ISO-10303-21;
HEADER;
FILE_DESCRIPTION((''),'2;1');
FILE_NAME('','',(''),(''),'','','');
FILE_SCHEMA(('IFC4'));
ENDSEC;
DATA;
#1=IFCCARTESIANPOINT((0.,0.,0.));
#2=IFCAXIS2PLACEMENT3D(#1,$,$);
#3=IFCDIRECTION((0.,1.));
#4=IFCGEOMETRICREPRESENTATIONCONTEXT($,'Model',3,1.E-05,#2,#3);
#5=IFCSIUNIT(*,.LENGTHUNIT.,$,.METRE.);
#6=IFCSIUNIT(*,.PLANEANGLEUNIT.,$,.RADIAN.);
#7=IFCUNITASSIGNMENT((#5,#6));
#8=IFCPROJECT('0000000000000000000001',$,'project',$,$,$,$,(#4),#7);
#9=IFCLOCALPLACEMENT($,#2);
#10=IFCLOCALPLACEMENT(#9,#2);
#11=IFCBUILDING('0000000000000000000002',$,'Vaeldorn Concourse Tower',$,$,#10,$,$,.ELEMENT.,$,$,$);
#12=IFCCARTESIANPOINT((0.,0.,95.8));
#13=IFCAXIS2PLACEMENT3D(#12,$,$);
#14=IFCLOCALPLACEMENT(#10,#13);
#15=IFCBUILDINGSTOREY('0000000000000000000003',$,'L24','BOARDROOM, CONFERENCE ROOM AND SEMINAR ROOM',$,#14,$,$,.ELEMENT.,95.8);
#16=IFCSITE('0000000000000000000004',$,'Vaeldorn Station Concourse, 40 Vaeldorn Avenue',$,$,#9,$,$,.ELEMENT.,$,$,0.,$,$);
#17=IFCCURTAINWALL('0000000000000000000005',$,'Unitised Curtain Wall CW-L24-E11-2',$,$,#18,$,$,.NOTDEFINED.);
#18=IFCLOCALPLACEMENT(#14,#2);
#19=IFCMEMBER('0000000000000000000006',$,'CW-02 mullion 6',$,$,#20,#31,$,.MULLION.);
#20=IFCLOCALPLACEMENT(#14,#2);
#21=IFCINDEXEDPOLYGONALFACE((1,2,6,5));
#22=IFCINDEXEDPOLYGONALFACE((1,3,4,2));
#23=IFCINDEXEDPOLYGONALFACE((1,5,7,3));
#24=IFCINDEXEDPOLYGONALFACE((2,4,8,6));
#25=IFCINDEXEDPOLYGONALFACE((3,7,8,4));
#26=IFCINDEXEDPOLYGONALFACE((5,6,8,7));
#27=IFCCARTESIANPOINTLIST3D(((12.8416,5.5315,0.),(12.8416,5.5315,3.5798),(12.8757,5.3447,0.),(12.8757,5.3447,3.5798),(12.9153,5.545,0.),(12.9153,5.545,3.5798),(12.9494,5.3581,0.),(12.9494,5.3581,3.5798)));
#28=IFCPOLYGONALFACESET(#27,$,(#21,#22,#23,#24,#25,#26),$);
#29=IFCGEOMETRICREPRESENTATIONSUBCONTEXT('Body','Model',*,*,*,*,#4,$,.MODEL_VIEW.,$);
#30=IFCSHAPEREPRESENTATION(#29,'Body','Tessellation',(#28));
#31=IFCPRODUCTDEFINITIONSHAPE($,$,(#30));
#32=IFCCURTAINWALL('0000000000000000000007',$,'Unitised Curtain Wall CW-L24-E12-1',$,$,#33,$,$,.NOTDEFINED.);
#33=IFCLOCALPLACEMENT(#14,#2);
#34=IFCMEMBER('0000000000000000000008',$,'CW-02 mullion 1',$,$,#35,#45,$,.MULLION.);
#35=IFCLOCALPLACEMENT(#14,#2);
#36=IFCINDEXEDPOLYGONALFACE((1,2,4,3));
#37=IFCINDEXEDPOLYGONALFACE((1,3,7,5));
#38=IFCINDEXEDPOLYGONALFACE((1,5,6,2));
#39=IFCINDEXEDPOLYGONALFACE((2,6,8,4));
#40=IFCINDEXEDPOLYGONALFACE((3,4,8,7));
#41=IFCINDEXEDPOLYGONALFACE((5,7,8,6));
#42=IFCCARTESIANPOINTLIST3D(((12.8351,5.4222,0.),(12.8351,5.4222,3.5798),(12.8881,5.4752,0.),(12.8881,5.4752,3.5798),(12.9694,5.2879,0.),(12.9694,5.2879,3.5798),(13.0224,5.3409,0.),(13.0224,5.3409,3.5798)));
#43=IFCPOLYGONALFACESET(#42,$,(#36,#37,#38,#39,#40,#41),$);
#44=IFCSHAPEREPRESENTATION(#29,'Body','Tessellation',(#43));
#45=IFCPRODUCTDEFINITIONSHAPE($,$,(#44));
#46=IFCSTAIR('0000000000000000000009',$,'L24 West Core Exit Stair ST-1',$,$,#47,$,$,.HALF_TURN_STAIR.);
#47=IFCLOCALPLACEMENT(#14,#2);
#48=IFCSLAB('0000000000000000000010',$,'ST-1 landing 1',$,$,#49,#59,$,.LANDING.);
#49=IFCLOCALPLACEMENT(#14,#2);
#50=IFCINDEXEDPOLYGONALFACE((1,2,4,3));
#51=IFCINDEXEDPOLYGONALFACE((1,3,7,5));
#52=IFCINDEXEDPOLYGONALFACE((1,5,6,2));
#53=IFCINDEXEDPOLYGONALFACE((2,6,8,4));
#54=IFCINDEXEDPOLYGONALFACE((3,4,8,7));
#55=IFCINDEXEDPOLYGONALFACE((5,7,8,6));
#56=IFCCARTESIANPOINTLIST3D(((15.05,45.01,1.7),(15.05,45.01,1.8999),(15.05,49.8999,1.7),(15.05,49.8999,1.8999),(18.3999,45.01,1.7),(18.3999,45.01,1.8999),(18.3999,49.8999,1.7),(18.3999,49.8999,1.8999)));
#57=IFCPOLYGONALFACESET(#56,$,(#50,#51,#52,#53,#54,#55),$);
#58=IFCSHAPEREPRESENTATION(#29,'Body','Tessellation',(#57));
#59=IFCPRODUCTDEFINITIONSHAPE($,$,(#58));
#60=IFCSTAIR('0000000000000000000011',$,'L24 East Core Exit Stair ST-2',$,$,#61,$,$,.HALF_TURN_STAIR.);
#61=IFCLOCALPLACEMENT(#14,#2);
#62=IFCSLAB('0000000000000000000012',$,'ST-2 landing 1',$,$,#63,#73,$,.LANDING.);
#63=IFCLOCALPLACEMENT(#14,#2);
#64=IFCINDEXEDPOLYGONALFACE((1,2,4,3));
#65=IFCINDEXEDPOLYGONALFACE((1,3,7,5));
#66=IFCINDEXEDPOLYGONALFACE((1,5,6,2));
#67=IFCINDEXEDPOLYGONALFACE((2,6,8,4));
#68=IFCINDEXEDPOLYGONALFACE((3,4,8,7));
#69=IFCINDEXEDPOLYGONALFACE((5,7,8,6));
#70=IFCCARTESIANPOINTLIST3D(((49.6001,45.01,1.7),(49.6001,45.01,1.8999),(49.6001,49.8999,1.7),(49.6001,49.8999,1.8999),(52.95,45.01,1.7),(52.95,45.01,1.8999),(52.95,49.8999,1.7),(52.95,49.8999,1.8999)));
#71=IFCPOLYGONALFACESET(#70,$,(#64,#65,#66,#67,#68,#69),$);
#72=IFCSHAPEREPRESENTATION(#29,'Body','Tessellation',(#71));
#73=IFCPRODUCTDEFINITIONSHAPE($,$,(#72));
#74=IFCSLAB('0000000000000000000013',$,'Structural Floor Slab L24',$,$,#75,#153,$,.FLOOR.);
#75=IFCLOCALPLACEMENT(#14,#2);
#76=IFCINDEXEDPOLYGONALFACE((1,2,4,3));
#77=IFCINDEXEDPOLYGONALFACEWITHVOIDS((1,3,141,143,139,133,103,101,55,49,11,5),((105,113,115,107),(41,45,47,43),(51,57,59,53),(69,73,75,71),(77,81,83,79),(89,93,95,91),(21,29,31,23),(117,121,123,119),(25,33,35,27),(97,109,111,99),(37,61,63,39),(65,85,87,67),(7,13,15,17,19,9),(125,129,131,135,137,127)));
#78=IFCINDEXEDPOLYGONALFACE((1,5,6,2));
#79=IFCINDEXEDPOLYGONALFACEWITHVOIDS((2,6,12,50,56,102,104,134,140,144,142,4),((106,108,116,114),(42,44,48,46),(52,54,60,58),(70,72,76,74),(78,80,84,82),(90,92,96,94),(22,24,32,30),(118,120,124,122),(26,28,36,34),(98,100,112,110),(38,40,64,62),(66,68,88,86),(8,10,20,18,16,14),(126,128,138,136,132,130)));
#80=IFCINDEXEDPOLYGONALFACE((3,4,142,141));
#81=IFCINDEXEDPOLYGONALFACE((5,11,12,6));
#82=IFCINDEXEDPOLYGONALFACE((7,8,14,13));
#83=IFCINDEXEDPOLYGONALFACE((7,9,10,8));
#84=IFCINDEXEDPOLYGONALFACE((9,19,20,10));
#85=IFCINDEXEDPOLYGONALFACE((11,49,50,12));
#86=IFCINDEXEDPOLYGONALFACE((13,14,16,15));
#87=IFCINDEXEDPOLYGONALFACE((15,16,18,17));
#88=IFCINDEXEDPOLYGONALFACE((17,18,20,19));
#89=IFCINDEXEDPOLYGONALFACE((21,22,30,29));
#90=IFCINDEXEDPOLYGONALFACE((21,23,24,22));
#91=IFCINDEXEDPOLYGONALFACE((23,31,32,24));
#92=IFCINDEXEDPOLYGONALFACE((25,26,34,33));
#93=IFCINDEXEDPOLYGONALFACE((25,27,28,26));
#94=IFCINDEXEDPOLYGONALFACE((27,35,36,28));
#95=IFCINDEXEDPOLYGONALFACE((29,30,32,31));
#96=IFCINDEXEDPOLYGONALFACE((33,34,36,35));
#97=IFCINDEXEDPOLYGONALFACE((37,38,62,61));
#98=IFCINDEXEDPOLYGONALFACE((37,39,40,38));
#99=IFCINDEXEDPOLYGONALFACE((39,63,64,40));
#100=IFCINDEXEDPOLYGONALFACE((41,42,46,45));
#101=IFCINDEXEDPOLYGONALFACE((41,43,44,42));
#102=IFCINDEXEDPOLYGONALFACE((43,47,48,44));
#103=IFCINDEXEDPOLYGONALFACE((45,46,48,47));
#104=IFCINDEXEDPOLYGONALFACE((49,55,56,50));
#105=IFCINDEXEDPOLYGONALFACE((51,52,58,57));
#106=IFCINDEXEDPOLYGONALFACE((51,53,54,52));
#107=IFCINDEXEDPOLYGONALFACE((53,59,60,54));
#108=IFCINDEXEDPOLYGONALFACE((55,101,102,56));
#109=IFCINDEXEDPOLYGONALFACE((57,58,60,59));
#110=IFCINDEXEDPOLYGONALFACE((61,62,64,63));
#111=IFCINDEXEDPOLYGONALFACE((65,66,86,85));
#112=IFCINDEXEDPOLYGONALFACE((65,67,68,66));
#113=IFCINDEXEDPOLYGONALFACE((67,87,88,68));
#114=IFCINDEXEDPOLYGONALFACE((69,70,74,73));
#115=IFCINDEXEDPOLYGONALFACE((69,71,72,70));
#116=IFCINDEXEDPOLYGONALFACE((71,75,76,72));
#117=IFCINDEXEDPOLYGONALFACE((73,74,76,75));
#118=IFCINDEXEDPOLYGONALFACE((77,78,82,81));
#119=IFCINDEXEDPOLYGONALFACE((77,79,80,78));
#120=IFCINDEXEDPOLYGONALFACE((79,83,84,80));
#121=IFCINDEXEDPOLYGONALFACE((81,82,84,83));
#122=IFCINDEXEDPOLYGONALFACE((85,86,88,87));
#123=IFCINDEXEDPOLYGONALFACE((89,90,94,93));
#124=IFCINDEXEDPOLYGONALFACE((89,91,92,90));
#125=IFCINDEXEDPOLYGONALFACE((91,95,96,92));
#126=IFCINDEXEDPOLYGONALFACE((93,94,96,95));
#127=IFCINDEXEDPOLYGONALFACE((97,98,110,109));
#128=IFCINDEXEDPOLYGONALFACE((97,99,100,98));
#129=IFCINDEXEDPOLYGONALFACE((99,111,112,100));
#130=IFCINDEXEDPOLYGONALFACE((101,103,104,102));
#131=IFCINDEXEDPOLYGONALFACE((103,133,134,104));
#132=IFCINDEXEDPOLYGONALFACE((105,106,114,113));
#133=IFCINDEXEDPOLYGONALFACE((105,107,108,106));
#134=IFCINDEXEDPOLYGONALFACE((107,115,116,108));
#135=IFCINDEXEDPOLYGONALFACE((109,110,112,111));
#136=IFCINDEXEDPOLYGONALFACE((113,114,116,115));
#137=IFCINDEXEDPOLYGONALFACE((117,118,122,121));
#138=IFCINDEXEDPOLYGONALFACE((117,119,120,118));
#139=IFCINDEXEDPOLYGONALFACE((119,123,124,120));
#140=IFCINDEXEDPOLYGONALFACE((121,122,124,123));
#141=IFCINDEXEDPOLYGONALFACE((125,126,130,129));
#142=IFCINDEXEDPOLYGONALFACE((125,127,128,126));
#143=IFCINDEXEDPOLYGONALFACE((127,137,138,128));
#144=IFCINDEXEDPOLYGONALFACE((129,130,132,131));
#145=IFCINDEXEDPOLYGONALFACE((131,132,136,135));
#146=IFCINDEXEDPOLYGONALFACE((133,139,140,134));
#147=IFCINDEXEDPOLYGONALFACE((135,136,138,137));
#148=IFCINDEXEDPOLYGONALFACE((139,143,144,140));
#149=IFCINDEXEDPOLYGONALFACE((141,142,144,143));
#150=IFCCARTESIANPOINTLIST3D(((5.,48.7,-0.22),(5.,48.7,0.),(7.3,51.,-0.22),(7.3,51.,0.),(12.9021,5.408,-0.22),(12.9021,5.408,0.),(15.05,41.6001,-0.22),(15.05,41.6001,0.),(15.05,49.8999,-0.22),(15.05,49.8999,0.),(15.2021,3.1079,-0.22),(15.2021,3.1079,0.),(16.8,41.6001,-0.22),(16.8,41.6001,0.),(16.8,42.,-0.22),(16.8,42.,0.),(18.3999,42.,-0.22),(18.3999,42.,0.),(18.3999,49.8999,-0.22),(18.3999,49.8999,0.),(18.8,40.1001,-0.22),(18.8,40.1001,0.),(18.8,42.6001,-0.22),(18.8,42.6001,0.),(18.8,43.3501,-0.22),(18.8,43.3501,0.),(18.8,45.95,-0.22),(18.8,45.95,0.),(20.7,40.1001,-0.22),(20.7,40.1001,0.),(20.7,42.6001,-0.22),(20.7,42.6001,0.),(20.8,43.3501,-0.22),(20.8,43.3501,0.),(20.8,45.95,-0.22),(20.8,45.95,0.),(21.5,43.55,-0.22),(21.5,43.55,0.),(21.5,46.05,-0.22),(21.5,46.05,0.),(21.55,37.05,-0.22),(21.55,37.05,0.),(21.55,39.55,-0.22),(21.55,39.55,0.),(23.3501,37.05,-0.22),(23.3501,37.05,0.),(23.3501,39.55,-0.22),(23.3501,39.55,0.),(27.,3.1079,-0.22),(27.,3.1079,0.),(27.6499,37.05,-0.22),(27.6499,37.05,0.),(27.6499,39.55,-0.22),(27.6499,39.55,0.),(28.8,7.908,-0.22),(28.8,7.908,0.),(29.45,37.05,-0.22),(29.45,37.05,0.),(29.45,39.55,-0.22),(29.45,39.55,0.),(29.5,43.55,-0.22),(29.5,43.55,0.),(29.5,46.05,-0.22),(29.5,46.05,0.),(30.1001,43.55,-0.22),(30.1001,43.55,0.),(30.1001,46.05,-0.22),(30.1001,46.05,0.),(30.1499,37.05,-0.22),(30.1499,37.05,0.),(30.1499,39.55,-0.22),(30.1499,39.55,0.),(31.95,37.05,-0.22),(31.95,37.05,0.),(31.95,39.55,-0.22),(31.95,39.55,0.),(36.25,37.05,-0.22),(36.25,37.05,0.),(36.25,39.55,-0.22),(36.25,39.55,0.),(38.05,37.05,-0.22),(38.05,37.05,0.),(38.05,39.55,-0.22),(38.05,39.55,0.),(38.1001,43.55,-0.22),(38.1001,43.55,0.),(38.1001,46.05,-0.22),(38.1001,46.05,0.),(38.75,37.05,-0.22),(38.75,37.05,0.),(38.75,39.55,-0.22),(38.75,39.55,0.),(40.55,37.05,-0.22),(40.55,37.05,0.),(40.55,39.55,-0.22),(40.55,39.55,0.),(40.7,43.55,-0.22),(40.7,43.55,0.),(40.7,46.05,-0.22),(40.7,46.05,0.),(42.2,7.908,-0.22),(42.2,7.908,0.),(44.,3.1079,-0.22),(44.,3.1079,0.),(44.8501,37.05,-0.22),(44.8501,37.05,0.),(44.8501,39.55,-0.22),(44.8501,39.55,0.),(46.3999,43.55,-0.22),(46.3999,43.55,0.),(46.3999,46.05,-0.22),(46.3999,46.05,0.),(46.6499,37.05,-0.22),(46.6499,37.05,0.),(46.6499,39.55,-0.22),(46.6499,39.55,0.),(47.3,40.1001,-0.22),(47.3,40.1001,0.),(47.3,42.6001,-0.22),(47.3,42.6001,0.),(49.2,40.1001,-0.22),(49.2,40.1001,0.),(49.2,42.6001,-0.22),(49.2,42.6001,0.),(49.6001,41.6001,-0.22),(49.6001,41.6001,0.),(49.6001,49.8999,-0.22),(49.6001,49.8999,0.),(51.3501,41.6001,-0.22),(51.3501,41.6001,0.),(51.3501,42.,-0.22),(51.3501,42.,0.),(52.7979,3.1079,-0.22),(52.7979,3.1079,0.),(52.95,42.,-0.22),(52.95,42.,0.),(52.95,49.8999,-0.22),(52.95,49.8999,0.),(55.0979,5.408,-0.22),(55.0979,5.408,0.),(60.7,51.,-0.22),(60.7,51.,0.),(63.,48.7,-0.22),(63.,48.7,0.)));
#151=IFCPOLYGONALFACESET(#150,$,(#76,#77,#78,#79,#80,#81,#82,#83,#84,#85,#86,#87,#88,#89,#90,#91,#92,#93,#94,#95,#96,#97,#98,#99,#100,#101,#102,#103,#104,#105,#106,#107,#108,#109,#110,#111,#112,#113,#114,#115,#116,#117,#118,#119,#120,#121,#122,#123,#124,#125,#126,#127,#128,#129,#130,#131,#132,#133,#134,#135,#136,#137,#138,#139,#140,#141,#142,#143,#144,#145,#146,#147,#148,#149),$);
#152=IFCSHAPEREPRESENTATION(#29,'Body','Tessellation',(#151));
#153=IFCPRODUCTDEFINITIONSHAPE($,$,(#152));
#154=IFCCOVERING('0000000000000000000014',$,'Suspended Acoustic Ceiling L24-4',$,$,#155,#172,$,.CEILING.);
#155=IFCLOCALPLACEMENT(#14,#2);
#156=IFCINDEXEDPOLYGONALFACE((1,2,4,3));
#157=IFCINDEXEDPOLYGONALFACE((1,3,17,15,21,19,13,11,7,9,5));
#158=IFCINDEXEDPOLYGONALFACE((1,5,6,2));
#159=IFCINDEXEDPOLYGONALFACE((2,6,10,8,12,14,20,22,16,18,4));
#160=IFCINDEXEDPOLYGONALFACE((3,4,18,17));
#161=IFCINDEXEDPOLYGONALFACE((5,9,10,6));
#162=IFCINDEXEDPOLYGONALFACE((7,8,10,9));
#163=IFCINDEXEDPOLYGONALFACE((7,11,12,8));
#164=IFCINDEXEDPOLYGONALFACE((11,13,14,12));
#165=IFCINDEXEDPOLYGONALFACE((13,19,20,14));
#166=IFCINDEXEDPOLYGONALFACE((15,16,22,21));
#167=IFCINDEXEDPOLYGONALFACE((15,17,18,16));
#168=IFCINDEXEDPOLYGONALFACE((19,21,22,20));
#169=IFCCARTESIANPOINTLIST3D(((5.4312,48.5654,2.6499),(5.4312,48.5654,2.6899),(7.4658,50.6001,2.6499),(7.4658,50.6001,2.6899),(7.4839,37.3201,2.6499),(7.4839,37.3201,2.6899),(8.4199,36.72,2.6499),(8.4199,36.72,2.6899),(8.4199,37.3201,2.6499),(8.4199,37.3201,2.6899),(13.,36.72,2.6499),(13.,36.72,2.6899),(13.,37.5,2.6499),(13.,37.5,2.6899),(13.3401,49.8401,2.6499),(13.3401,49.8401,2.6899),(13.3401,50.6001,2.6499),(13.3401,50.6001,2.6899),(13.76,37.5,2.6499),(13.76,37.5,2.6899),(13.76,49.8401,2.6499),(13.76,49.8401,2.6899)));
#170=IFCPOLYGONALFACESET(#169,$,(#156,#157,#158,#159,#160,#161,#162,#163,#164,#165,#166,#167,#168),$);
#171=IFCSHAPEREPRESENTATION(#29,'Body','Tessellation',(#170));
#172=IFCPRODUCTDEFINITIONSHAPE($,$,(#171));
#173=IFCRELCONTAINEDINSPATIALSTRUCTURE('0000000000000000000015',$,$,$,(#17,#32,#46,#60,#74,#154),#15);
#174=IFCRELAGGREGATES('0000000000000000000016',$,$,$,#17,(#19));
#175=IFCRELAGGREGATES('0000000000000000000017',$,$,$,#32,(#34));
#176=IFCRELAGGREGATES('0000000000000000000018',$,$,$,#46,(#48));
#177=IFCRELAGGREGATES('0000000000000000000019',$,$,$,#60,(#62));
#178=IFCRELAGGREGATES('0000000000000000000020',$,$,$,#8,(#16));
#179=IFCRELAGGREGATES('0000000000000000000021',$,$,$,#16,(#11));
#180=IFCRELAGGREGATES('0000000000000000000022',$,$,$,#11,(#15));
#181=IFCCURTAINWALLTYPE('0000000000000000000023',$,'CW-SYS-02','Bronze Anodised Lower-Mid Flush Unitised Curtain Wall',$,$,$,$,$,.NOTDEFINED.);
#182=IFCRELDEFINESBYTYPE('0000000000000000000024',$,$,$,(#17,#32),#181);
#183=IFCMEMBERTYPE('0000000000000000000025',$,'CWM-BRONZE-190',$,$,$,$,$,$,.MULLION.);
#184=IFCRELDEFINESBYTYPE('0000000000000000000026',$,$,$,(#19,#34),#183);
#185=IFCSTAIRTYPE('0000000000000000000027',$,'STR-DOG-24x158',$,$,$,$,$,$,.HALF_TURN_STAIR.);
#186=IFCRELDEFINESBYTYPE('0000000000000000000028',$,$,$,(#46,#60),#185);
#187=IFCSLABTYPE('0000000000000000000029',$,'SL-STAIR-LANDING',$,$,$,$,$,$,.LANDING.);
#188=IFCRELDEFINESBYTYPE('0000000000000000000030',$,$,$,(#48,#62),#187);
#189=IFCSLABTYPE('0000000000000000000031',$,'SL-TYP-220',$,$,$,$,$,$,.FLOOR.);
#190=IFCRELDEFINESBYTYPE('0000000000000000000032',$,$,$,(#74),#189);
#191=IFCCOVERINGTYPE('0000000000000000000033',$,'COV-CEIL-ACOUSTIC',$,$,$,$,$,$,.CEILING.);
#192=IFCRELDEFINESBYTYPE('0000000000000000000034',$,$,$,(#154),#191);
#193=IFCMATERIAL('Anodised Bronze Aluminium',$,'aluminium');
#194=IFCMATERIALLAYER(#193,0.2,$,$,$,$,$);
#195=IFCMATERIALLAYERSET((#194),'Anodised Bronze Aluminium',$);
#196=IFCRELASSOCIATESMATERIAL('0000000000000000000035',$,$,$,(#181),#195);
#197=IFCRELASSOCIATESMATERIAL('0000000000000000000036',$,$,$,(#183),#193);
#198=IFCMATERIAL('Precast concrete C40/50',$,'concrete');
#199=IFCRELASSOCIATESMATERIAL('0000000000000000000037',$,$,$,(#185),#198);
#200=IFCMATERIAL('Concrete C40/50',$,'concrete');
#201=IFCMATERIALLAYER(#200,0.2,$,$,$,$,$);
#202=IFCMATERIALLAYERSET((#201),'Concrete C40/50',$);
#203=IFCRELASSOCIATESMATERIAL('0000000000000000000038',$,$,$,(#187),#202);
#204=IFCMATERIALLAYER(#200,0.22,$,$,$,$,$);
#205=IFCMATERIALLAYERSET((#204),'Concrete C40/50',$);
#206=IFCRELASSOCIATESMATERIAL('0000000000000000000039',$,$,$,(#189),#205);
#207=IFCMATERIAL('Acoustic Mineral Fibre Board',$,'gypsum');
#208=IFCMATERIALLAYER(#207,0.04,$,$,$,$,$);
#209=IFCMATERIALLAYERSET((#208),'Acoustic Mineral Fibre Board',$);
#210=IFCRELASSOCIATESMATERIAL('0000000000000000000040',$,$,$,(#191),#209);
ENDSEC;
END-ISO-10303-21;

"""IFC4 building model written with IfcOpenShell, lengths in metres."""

from ifc_helpers import new_model, si_unit, direction, frame, origin, origin_2d, place, context, subcontext, project, spatial, polyline, rectangle, outline, extrude, source, transform, mapped, material, layer, layer_set, material_profile, profile_set, type_object, element, aggregate, save


model = new_model("IFC4")

# Units and contexts
model_context = context("Model", 3, precision=1e-05, world=origin(), true_north=direction((0.0, 1.0)))
body_context = subcontext(model_context, "Body", "Model", "MODEL_VIEW")
ifc_project = project(units=[si_unit("LENGTHUNIT", "METRE"), si_unit("PLANEANGLEUNIT", "RADIAN")], contexts=[model_context])

# Site, building, storey
site_placement = place(None, origin())
site = spatial("IfcSite", under=ifc_project, at=site_placement, Name="Vaeldorn Station Concourse, 40 Vaeldorn Avenue", CompositionType="ELEMENT", RefElevation=0.0)
building_placement = place(site_placement, origin())
building = spatial("IfcBuilding", under=site, at=building_placement, Name="Vaeldorn Concourse Tower", CompositionType="ELEMENT")
storey_placement = place(building_placement, frame((0.0, 0.0, 95.8)))
storey = spatial("IfcBuildingStorey", under=building, at=storey_placement, Name="L24", Description="BOARDROOM, CONFERENCE ROOM AND SEMINAR ROOM", CompositionType="ELEMENT", Elevation=95.8)

# Curtain walls, members
ifc_material_1 = material(Name="Anodised Bronze Aluminium", Category="aluminium")
ifc_layer_1 = layer(ifc_material_1, 0.2)
ifc_layer_set_1 = layer_set([ifc_layer_1], Name="Anodised Bronze Aluminium")
curtain_wall_type = type_object("IfcCurtainWallType", Name="CW-SYS-02", Description="Bronze Anodised Lower-Mid Flush Unitised Curtain Wall", PredefinedType="NOTDEFINED", material=ifc_layer_set_1)
curtain_wall_1_placement = place(storey_placement, origin())
curtain_wall_1 = element("IfcCurtainWall", 1, at=curtain_wall_1_placement, inside=storey, type_object=curtain_wall_type, Name="Unitised Curtain Wall CW-L24-E11-2", PredefinedType="NOTDEFINED")
ifc_material_profile = material_profile(ifc_material_1, rectangle(XDim=0.075, YDim=0.1899, at=origin_2d()), Name="CWM 75x190")
ifc_profile_set = profile_set([ifc_material_profile], Name="Anodised Bronze Aluminium")
member_type = type_object("IfcMemberType", Name="CWM-BRONZE-190", PredefinedType="MULLION", material=ifc_profile_set)
shared_shape = source(origin(), body_context, "Body", "SweptSolid", [
    extrude(rectangle(XDim=0.075, YDim=0.1899, at=origin_2d()), origin(), (0.0, 0.0, 1.0), 3.5798),
])
member_1_placement = place(storey_placement, frame((12.8955, 5.4448, 0.0), z_axis=(0.0, 0.0, 1.0), x_axis=(0.983746, 0.179567, 0.0)))
member_1 = element("IfcMember", 2, at=member_1_placement, type_object=member_type, Name="CW-02 mullion 6", PredefinedType="MULLION", context=body_context, shape_type="MappedRepresentation", body=[
    mapped(shared_shape, transform((0.0, 0.0, 0.0), scale=1.0)),
])
aggregate(curtain_wall_1, [member_1])
curtain_wall_2_placement = place(storey_placement, origin())
curtain_wall_2 = element("IfcCurtainWall", 3, at=curtain_wall_2_placement, inside=storey, type_object=curtain_wall_type, Name="Unitised Curtain Wall CW-L24-E12-1", PredefinedType="NOTDEFINED")
member_2_placement = place(storey_placement, frame((12.9287, 5.3816, 0.0), z_axis=(0.0, 0.0, 1.0), x_axis=(0.707107, 0.707107, 0.0)))
member_2 = element("IfcMember", 4, at=member_2_placement, type_object=member_type, Name="CW-02 mullion 1", PredefinedType="MULLION", context=body_context, shape_type="MappedRepresentation", body=[
    mapped(shared_shape, transform((0.0, 0.0, 0.0), scale=1.0)),
])
aggregate(curtain_wall_2, [member_2])

# Stairs, slabs
ifc_material_2 = material(Name="Precast concrete C40/50", Category="concrete")
stair_type = type_object("IfcStairType", Name="STR-DOG-24x158", PredefinedType="HALF_TURN_STAIR", material=ifc_material_2)
stair_1_placement = place(storey_placement, origin())
stair_1 = element("IfcStair", 5, at=stair_1_placement, inside=storey, type_object=stair_type, Name="L24 West Core Exit Stair ST-1", PredefinedType="HALF_TURN_STAIR")
ifc_material_3 = material(Name="Concrete C40/50", Category="concrete")
ifc_layer_2 = layer(ifc_material_3, 0.2)
ifc_layer_set_2 = layer_set([ifc_layer_2], Name="Concrete C40/50")
slab_type_1 = type_object("IfcSlabType", Name="SL-STAIR-LANDING", PredefinedType="LANDING", material=ifc_layer_set_2)
slab_1_placement = place(storey_placement, frame((0.0, 0.0, 1.7)))
slab_1 = element("IfcSlab", 6, at=slab_1_placement, type_object=slab_type_1, Name="ST-1 landing 1", PredefinedType="LANDING", context=body_context, shape_type="SweptSolid", body=[
    extrude(outline(polyline([(18.3999, 45.01), (18.3999, 49.8999), (15.05, 49.8999), (15.05, 45.01), (18.3999, 45.01)])), origin(), (0.0, 0.0, 1.0), 0.2),
])
aggregate(stair_1, [slab_1])
stair_2_placement = place(storey_placement, origin())
stair_2 = element("IfcStair", 7, at=stair_2_placement, inside=storey, type_object=stair_type, Name="L24 East Core Exit Stair ST-2", PredefinedType="HALF_TURN_STAIR")
slab_2_placement = place(storey_placement, frame((0.0, 0.0, 1.7)))
slab_2 = element("IfcSlab", 8, at=slab_2_placement, type_object=slab_type_1, Name="ST-2 landing 1", PredefinedType="LANDING", context=body_context, shape_type="SweptSolid", body=[
    extrude(outline(polyline([(52.95, 45.01), (52.95, 49.8999), (49.6001, 49.8999), (49.6001, 45.01), (52.95, 45.01)])), origin(), (0.0, 0.0, 1.0), 0.2),
])
aggregate(stair_2, [slab_2])

# Slab
ifc_layer_3 = layer(ifc_material_3, 0.22)
ifc_layer_set_3 = layer_set([ifc_layer_3], Name="Concrete C40/50")
slab_type_2 = type_object("IfcSlabType", Name="SL-TYP-220", PredefinedType="FLOOR", material=ifc_layer_set_3)
slab_3_placement = place(storey_placement, frame((0.0, 0.0, -0.22)))
element("IfcSlab", 9, at=slab_3_placement, inside=storey, type_object=slab_type_2, Name="Structural Floor Slab L24", PredefinedType="FLOOR", context=body_context, shape_type="SweptSolid", body=[
    extrude(outline(polyline([(15.2021, 3.1079), (27.0, 3.1079), (28.8, 7.908), (42.2, 7.908), (44.0, 3.1079), (52.7979, 3.1079), (55.0979, 5.408), (63.0, 48.7), (60.7, 51.0), (7.3, 51.0), (5.0, 48.7), (12.9021, 5.408), (15.2021, 3.1079)]), holes=[polyline([(18.3999, 42.0), (18.3999, 49.8999), (15.05, 49.8999), (15.05, 41.6001), (16.8, 41.6001), (16.8, 42.0), (18.3999, 42.0)]), polyline([(52.95, 42.0), (52.95, 49.8999), (49.6001, 49.8999), (49.6001, 41.6001), (51.3501, 41.6001), (51.3501, 42.0), (52.95, 42.0)]), polyline([(21.55, 37.05), (23.3501, 37.05), (23.3501, 39.55), (21.55, 39.55), (21.55, 37.05)]), polyline([(27.6499, 37.05), (29.45, 37.05), (29.45, 39.55), (27.6499, 39.55), (27.6499, 37.05)]), polyline([(21.5, 43.55), (29.5, 43.55), (29.5, 46.05), (21.5, 46.05), (21.5, 43.55)]), polyline([(30.1499, 37.05), (31.95, 37.05), (31.95, 39.55), (30.1499, 39.55), (30.1499, 37.05)]), polyline([(36.25, 37.05), (38.05, 37.05), (38.05, 39.55), (36.25, 39.55), (36.25, 37.05)]), polyline([(30.1001, 43.55), (38.1001, 43.55), (38.1001, 46.05), (30.1001, 46.05), (30.1001, 43.55)]), polyline([(38.75, 37.05), (40.55, 37.05), (40.55, 39.55), (38.75, 39.55), (38.75, 37.05)]), polyline([(44.8501, 37.05), (46.6499, 37.05), (46.6499, 39.55), (44.8501, 39.55), (44.8501, 37.05)]), polyline([(40.7, 43.55), (46.3999, 43.55), (46.3999, 46.05), (40.7, 46.05), (40.7, 43.55)]), polyline([(18.8, 43.3501), (20.8, 43.3501), (20.8, 45.95), (18.8, 45.95), (18.8, 43.3501)]), polyline([(18.8, 40.1001), (20.7, 40.1001), (20.7, 42.6001), (18.8, 42.6001), (18.8, 40.1001)]), polyline([(47.3, 40.1001), (49.2, 40.1001), (49.2, 42.6001), (47.3, 42.6001), (47.3, 40.1001)])]), origin(), (0.0, 0.0, 1.0), 0.22),
])

# Covering
ifc_material_4 = material(Name="Acoustic Mineral Fibre Board", Category="gypsum")
ifc_layer_4 = layer(ifc_material_4, 0.04)
ifc_layer_set_4 = layer_set([ifc_layer_4], Name="Acoustic Mineral Fibre Board")
covering_type_1 = type_object("IfcCoveringType", Name="COV-CEIL-ACOUSTIC", PredefinedType="CEILING", material=ifc_layer_set_4)
covering_1_placement = place(storey_placement, frame((0.0, 0.0, 2.6499)))
element("IfcCovering", 10, at=covering_1_placement, inside=storey, type_object=covering_type_1, Name="Suspended Acoustic Ceiling L24-4", PredefinedType="CEILING", context=body_context, shape_type="SweptSolid", body=[
    extrude(outline(polyline([(7.4658, 50.6001), (13.3401, 50.6001), (13.3401, 49.8401), (13.76, 49.8401), (13.76, 37.5), (13.0, 37.5), (13.0, 36.72), (8.4199, 36.72), (8.4199, 37.3201), (7.4839, 37.3201), (5.4312, 48.5654), (7.4658, 50.6001)])), origin(), (0.0, 0.0, 1.0), 0.04),
])

save(model, "model.ifc")
